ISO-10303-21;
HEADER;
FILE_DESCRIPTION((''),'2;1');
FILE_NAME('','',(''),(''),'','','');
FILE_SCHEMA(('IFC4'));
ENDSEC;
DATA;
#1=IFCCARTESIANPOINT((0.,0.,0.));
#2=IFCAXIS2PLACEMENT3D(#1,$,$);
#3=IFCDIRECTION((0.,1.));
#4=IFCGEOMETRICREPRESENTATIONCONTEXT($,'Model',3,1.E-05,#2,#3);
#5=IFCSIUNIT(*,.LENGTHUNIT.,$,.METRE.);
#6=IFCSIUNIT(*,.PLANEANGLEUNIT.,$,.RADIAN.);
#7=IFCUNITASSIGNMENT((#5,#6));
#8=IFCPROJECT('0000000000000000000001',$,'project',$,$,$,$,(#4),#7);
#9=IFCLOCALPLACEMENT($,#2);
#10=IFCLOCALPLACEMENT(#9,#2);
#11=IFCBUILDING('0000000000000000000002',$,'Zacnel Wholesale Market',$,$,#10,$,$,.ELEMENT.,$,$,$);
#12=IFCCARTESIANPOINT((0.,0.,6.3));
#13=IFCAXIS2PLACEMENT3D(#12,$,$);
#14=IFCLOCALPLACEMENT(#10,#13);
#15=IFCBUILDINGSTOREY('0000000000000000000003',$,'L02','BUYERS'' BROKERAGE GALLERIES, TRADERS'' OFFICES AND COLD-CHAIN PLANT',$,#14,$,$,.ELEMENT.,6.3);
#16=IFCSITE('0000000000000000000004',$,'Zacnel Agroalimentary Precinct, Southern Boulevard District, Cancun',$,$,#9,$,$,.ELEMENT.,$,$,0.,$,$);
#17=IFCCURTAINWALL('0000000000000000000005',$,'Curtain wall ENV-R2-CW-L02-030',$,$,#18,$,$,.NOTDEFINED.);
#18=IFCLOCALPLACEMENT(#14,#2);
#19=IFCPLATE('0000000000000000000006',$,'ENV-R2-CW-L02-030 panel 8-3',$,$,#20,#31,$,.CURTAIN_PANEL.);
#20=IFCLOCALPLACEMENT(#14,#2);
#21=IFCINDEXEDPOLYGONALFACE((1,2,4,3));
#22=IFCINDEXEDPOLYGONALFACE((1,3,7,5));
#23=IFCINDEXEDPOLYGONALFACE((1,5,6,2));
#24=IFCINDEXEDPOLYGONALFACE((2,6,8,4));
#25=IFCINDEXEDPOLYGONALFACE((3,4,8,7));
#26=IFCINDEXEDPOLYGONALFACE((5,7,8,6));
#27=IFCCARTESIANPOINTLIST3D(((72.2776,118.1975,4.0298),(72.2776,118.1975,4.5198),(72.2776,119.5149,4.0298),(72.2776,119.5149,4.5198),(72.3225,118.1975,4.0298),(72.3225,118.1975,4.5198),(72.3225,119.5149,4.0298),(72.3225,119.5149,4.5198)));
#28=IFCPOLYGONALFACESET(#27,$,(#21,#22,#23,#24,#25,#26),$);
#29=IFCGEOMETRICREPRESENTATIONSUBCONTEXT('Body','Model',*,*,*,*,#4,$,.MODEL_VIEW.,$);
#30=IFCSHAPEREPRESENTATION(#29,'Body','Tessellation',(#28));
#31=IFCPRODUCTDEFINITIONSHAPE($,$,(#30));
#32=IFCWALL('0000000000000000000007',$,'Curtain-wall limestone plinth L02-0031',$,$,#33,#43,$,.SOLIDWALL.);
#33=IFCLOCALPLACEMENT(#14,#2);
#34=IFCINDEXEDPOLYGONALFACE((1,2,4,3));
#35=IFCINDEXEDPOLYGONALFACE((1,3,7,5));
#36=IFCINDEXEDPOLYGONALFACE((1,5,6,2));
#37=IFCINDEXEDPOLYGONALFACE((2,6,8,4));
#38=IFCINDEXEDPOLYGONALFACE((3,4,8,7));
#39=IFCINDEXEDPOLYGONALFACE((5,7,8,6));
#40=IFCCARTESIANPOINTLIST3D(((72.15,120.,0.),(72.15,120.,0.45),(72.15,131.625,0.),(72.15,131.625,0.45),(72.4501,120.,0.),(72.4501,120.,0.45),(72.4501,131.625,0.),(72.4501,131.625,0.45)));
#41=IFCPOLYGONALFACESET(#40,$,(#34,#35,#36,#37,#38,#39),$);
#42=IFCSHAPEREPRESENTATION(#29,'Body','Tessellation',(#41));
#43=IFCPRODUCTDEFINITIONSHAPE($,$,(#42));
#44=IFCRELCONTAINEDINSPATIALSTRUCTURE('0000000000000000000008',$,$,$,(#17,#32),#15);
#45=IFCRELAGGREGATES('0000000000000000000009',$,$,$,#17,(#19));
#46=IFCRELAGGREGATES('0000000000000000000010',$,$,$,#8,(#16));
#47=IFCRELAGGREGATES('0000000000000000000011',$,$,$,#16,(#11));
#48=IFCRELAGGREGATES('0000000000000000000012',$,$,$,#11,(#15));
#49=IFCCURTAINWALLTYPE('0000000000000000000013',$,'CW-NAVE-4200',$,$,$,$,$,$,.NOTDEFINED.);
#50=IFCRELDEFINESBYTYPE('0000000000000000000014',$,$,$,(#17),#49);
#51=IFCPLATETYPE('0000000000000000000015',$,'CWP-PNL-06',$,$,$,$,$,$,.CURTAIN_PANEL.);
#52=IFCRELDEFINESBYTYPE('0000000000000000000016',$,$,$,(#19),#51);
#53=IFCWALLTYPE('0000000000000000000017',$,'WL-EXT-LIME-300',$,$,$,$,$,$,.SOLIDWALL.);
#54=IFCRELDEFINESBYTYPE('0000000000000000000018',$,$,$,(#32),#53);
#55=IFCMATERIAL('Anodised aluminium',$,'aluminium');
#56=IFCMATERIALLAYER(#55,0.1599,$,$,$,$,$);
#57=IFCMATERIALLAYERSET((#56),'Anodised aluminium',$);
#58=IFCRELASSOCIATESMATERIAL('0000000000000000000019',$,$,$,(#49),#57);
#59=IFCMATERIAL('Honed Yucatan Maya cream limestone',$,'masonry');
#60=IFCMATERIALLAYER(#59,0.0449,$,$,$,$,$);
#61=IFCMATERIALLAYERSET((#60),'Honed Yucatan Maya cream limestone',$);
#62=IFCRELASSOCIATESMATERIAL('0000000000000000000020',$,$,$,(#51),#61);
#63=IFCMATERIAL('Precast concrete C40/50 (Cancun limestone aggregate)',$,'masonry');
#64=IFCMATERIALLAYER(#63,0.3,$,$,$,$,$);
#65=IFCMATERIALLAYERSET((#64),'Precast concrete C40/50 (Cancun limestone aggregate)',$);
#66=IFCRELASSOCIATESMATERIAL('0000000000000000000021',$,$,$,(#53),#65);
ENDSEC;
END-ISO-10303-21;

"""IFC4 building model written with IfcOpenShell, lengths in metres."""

from ifc_helpers import new_model, si_unit, direction, frame, frame_2d, origin, origin_2d, place, context, subcontext, project, spatial, rectangle, extrude, material, layer, layer_set, type_object, element, aggregate, save


model = new_model("IFC4")

# Units and contexts
model_context = context("Model", 3, precision=1e-05, world=origin(), true_north=direction((0.0, 1.0)))
body_context = subcontext(model_context, "Body", "Model", "MODEL_VIEW")
ifc_project = project(units=[si_unit("LENGTHUNIT", "METRE"), si_unit("PLANEANGLEUNIT", "RADIAN")], contexts=[model_context])

# Site, building, storey
site_placement = place(None, origin())
site = spatial("IfcSite", under=ifc_project, at=site_placement, Name="Zacnel Agroalimentary Precinct, Southern Boulevard District, Cancun", CompositionType="ELEMENT", RefElevation=0.0)
building_placement = place(site_placement, origin())
building = spatial("IfcBuilding", under=site, at=building_placement, Name="Zacnel Wholesale Market", CompositionType="ELEMENT")
storey_placement = place(building_placement, frame((0.0, 0.0, 6.3)))
storey = spatial("IfcBuildingStorey", under=building, at=storey_placement, Name="L02", Description="BUYERS' BROKERAGE GALLERIES, TRADERS' OFFICES AND COLD-CHAIN PLANT", CompositionType="ELEMENT", Elevation=6.3)

# Curtain wall, plate
ifc_material_1 = material(Name="Anodised aluminium", Category="aluminium")
ifc_layer_1 = layer(ifc_material_1, 0.1599)
ifc_layer_set_1 = layer_set([ifc_layer_1], Name="Anodised aluminium")
curtain_wall_type = type_object("IfcCurtainWallType", Name="CW-NAVE-4200", PredefinedType="NOTDEFINED", material=ifc_layer_set_1)
curtain_wall_placement = place(storey_placement, origin())
curtain_wall = element("IfcCurtainWall", 1, at=curtain_wall_placement, inside=storey, type_object=curtain_wall_type, Name="Curtain wall ENV-R2-CW-L02-030", PredefinedType="NOTDEFINED")
ifc_material_2 = material(Name="Honed Yucatan Maya cream limestone", Category="masonry")
ifc_layer_2 = layer(ifc_material_2, 0.0449)
ifc_layer_set_2 = layer_set([ifc_layer_2], Name="Honed Yucatan Maya cream limestone")
plate_type_1 = type_object("IfcPlateType", Name="CWP-PNL-06", PredefinedType="CURTAIN_PANEL", material=ifc_layer_set_2)
plate_1_placement = place(storey_placement, frame((72.3, 118.8562, 4.0298), z_axis=(0.0, 0.0, 1.0), x_axis=(0.0, 1.0, 0.0)))
plate_1 = element("IfcPlate", 2, at=plate_1_placement, type_object=plate_type_1, Name="ENV-R2-CW-L02-030 panel 8-3", PredefinedType="CURTAIN_PANEL", context=body_context, shape_type="SweptSolid", body=[
    extrude(rectangle(XDim=1.3174, YDim=0.0449, at=origin_2d()), origin(), (0.0, 0.0, 1.0), 0.49),
])
aggregate(curtain_wall, [plate_1])

# Wall
ifc_material_3 = material(Name="Precast concrete C40/50 (Cancun limestone aggregate)", Category="masonry")
ifc_layer_3 = layer(ifc_material_3, 0.3)
ifc_layer_set_3 = layer_set([ifc_layer_3], Name="Precast concrete C40/50 (Cancun limestone aggregate)")
wall_type = type_object("IfcWallType", Name="WL-EXT-LIME-300", PredefinedType="SOLIDWALL", material=ifc_layer_set_3)
wall_placement = place(storey_placement, frame((72.3, 120.0, 0.0), z_axis=(0.0, 0.0, 1.0), x_axis=(0.0, 1.0, 0.0)))
element("IfcWall", 3, at=wall_placement, inside=storey, type_object=wall_type, Name="Curtain-wall limestone plinth L02-0031", PredefinedType="SOLIDWALL", context=body_context, shape_type="SweptSolid", body=[
    extrude(rectangle(XDim=11.625, YDim=0.3, at=frame_2d((5.8125, 0.0))), origin(), (0.0, 0.0, 1.0), 0.45),
])

save(model, "model.ifc")
